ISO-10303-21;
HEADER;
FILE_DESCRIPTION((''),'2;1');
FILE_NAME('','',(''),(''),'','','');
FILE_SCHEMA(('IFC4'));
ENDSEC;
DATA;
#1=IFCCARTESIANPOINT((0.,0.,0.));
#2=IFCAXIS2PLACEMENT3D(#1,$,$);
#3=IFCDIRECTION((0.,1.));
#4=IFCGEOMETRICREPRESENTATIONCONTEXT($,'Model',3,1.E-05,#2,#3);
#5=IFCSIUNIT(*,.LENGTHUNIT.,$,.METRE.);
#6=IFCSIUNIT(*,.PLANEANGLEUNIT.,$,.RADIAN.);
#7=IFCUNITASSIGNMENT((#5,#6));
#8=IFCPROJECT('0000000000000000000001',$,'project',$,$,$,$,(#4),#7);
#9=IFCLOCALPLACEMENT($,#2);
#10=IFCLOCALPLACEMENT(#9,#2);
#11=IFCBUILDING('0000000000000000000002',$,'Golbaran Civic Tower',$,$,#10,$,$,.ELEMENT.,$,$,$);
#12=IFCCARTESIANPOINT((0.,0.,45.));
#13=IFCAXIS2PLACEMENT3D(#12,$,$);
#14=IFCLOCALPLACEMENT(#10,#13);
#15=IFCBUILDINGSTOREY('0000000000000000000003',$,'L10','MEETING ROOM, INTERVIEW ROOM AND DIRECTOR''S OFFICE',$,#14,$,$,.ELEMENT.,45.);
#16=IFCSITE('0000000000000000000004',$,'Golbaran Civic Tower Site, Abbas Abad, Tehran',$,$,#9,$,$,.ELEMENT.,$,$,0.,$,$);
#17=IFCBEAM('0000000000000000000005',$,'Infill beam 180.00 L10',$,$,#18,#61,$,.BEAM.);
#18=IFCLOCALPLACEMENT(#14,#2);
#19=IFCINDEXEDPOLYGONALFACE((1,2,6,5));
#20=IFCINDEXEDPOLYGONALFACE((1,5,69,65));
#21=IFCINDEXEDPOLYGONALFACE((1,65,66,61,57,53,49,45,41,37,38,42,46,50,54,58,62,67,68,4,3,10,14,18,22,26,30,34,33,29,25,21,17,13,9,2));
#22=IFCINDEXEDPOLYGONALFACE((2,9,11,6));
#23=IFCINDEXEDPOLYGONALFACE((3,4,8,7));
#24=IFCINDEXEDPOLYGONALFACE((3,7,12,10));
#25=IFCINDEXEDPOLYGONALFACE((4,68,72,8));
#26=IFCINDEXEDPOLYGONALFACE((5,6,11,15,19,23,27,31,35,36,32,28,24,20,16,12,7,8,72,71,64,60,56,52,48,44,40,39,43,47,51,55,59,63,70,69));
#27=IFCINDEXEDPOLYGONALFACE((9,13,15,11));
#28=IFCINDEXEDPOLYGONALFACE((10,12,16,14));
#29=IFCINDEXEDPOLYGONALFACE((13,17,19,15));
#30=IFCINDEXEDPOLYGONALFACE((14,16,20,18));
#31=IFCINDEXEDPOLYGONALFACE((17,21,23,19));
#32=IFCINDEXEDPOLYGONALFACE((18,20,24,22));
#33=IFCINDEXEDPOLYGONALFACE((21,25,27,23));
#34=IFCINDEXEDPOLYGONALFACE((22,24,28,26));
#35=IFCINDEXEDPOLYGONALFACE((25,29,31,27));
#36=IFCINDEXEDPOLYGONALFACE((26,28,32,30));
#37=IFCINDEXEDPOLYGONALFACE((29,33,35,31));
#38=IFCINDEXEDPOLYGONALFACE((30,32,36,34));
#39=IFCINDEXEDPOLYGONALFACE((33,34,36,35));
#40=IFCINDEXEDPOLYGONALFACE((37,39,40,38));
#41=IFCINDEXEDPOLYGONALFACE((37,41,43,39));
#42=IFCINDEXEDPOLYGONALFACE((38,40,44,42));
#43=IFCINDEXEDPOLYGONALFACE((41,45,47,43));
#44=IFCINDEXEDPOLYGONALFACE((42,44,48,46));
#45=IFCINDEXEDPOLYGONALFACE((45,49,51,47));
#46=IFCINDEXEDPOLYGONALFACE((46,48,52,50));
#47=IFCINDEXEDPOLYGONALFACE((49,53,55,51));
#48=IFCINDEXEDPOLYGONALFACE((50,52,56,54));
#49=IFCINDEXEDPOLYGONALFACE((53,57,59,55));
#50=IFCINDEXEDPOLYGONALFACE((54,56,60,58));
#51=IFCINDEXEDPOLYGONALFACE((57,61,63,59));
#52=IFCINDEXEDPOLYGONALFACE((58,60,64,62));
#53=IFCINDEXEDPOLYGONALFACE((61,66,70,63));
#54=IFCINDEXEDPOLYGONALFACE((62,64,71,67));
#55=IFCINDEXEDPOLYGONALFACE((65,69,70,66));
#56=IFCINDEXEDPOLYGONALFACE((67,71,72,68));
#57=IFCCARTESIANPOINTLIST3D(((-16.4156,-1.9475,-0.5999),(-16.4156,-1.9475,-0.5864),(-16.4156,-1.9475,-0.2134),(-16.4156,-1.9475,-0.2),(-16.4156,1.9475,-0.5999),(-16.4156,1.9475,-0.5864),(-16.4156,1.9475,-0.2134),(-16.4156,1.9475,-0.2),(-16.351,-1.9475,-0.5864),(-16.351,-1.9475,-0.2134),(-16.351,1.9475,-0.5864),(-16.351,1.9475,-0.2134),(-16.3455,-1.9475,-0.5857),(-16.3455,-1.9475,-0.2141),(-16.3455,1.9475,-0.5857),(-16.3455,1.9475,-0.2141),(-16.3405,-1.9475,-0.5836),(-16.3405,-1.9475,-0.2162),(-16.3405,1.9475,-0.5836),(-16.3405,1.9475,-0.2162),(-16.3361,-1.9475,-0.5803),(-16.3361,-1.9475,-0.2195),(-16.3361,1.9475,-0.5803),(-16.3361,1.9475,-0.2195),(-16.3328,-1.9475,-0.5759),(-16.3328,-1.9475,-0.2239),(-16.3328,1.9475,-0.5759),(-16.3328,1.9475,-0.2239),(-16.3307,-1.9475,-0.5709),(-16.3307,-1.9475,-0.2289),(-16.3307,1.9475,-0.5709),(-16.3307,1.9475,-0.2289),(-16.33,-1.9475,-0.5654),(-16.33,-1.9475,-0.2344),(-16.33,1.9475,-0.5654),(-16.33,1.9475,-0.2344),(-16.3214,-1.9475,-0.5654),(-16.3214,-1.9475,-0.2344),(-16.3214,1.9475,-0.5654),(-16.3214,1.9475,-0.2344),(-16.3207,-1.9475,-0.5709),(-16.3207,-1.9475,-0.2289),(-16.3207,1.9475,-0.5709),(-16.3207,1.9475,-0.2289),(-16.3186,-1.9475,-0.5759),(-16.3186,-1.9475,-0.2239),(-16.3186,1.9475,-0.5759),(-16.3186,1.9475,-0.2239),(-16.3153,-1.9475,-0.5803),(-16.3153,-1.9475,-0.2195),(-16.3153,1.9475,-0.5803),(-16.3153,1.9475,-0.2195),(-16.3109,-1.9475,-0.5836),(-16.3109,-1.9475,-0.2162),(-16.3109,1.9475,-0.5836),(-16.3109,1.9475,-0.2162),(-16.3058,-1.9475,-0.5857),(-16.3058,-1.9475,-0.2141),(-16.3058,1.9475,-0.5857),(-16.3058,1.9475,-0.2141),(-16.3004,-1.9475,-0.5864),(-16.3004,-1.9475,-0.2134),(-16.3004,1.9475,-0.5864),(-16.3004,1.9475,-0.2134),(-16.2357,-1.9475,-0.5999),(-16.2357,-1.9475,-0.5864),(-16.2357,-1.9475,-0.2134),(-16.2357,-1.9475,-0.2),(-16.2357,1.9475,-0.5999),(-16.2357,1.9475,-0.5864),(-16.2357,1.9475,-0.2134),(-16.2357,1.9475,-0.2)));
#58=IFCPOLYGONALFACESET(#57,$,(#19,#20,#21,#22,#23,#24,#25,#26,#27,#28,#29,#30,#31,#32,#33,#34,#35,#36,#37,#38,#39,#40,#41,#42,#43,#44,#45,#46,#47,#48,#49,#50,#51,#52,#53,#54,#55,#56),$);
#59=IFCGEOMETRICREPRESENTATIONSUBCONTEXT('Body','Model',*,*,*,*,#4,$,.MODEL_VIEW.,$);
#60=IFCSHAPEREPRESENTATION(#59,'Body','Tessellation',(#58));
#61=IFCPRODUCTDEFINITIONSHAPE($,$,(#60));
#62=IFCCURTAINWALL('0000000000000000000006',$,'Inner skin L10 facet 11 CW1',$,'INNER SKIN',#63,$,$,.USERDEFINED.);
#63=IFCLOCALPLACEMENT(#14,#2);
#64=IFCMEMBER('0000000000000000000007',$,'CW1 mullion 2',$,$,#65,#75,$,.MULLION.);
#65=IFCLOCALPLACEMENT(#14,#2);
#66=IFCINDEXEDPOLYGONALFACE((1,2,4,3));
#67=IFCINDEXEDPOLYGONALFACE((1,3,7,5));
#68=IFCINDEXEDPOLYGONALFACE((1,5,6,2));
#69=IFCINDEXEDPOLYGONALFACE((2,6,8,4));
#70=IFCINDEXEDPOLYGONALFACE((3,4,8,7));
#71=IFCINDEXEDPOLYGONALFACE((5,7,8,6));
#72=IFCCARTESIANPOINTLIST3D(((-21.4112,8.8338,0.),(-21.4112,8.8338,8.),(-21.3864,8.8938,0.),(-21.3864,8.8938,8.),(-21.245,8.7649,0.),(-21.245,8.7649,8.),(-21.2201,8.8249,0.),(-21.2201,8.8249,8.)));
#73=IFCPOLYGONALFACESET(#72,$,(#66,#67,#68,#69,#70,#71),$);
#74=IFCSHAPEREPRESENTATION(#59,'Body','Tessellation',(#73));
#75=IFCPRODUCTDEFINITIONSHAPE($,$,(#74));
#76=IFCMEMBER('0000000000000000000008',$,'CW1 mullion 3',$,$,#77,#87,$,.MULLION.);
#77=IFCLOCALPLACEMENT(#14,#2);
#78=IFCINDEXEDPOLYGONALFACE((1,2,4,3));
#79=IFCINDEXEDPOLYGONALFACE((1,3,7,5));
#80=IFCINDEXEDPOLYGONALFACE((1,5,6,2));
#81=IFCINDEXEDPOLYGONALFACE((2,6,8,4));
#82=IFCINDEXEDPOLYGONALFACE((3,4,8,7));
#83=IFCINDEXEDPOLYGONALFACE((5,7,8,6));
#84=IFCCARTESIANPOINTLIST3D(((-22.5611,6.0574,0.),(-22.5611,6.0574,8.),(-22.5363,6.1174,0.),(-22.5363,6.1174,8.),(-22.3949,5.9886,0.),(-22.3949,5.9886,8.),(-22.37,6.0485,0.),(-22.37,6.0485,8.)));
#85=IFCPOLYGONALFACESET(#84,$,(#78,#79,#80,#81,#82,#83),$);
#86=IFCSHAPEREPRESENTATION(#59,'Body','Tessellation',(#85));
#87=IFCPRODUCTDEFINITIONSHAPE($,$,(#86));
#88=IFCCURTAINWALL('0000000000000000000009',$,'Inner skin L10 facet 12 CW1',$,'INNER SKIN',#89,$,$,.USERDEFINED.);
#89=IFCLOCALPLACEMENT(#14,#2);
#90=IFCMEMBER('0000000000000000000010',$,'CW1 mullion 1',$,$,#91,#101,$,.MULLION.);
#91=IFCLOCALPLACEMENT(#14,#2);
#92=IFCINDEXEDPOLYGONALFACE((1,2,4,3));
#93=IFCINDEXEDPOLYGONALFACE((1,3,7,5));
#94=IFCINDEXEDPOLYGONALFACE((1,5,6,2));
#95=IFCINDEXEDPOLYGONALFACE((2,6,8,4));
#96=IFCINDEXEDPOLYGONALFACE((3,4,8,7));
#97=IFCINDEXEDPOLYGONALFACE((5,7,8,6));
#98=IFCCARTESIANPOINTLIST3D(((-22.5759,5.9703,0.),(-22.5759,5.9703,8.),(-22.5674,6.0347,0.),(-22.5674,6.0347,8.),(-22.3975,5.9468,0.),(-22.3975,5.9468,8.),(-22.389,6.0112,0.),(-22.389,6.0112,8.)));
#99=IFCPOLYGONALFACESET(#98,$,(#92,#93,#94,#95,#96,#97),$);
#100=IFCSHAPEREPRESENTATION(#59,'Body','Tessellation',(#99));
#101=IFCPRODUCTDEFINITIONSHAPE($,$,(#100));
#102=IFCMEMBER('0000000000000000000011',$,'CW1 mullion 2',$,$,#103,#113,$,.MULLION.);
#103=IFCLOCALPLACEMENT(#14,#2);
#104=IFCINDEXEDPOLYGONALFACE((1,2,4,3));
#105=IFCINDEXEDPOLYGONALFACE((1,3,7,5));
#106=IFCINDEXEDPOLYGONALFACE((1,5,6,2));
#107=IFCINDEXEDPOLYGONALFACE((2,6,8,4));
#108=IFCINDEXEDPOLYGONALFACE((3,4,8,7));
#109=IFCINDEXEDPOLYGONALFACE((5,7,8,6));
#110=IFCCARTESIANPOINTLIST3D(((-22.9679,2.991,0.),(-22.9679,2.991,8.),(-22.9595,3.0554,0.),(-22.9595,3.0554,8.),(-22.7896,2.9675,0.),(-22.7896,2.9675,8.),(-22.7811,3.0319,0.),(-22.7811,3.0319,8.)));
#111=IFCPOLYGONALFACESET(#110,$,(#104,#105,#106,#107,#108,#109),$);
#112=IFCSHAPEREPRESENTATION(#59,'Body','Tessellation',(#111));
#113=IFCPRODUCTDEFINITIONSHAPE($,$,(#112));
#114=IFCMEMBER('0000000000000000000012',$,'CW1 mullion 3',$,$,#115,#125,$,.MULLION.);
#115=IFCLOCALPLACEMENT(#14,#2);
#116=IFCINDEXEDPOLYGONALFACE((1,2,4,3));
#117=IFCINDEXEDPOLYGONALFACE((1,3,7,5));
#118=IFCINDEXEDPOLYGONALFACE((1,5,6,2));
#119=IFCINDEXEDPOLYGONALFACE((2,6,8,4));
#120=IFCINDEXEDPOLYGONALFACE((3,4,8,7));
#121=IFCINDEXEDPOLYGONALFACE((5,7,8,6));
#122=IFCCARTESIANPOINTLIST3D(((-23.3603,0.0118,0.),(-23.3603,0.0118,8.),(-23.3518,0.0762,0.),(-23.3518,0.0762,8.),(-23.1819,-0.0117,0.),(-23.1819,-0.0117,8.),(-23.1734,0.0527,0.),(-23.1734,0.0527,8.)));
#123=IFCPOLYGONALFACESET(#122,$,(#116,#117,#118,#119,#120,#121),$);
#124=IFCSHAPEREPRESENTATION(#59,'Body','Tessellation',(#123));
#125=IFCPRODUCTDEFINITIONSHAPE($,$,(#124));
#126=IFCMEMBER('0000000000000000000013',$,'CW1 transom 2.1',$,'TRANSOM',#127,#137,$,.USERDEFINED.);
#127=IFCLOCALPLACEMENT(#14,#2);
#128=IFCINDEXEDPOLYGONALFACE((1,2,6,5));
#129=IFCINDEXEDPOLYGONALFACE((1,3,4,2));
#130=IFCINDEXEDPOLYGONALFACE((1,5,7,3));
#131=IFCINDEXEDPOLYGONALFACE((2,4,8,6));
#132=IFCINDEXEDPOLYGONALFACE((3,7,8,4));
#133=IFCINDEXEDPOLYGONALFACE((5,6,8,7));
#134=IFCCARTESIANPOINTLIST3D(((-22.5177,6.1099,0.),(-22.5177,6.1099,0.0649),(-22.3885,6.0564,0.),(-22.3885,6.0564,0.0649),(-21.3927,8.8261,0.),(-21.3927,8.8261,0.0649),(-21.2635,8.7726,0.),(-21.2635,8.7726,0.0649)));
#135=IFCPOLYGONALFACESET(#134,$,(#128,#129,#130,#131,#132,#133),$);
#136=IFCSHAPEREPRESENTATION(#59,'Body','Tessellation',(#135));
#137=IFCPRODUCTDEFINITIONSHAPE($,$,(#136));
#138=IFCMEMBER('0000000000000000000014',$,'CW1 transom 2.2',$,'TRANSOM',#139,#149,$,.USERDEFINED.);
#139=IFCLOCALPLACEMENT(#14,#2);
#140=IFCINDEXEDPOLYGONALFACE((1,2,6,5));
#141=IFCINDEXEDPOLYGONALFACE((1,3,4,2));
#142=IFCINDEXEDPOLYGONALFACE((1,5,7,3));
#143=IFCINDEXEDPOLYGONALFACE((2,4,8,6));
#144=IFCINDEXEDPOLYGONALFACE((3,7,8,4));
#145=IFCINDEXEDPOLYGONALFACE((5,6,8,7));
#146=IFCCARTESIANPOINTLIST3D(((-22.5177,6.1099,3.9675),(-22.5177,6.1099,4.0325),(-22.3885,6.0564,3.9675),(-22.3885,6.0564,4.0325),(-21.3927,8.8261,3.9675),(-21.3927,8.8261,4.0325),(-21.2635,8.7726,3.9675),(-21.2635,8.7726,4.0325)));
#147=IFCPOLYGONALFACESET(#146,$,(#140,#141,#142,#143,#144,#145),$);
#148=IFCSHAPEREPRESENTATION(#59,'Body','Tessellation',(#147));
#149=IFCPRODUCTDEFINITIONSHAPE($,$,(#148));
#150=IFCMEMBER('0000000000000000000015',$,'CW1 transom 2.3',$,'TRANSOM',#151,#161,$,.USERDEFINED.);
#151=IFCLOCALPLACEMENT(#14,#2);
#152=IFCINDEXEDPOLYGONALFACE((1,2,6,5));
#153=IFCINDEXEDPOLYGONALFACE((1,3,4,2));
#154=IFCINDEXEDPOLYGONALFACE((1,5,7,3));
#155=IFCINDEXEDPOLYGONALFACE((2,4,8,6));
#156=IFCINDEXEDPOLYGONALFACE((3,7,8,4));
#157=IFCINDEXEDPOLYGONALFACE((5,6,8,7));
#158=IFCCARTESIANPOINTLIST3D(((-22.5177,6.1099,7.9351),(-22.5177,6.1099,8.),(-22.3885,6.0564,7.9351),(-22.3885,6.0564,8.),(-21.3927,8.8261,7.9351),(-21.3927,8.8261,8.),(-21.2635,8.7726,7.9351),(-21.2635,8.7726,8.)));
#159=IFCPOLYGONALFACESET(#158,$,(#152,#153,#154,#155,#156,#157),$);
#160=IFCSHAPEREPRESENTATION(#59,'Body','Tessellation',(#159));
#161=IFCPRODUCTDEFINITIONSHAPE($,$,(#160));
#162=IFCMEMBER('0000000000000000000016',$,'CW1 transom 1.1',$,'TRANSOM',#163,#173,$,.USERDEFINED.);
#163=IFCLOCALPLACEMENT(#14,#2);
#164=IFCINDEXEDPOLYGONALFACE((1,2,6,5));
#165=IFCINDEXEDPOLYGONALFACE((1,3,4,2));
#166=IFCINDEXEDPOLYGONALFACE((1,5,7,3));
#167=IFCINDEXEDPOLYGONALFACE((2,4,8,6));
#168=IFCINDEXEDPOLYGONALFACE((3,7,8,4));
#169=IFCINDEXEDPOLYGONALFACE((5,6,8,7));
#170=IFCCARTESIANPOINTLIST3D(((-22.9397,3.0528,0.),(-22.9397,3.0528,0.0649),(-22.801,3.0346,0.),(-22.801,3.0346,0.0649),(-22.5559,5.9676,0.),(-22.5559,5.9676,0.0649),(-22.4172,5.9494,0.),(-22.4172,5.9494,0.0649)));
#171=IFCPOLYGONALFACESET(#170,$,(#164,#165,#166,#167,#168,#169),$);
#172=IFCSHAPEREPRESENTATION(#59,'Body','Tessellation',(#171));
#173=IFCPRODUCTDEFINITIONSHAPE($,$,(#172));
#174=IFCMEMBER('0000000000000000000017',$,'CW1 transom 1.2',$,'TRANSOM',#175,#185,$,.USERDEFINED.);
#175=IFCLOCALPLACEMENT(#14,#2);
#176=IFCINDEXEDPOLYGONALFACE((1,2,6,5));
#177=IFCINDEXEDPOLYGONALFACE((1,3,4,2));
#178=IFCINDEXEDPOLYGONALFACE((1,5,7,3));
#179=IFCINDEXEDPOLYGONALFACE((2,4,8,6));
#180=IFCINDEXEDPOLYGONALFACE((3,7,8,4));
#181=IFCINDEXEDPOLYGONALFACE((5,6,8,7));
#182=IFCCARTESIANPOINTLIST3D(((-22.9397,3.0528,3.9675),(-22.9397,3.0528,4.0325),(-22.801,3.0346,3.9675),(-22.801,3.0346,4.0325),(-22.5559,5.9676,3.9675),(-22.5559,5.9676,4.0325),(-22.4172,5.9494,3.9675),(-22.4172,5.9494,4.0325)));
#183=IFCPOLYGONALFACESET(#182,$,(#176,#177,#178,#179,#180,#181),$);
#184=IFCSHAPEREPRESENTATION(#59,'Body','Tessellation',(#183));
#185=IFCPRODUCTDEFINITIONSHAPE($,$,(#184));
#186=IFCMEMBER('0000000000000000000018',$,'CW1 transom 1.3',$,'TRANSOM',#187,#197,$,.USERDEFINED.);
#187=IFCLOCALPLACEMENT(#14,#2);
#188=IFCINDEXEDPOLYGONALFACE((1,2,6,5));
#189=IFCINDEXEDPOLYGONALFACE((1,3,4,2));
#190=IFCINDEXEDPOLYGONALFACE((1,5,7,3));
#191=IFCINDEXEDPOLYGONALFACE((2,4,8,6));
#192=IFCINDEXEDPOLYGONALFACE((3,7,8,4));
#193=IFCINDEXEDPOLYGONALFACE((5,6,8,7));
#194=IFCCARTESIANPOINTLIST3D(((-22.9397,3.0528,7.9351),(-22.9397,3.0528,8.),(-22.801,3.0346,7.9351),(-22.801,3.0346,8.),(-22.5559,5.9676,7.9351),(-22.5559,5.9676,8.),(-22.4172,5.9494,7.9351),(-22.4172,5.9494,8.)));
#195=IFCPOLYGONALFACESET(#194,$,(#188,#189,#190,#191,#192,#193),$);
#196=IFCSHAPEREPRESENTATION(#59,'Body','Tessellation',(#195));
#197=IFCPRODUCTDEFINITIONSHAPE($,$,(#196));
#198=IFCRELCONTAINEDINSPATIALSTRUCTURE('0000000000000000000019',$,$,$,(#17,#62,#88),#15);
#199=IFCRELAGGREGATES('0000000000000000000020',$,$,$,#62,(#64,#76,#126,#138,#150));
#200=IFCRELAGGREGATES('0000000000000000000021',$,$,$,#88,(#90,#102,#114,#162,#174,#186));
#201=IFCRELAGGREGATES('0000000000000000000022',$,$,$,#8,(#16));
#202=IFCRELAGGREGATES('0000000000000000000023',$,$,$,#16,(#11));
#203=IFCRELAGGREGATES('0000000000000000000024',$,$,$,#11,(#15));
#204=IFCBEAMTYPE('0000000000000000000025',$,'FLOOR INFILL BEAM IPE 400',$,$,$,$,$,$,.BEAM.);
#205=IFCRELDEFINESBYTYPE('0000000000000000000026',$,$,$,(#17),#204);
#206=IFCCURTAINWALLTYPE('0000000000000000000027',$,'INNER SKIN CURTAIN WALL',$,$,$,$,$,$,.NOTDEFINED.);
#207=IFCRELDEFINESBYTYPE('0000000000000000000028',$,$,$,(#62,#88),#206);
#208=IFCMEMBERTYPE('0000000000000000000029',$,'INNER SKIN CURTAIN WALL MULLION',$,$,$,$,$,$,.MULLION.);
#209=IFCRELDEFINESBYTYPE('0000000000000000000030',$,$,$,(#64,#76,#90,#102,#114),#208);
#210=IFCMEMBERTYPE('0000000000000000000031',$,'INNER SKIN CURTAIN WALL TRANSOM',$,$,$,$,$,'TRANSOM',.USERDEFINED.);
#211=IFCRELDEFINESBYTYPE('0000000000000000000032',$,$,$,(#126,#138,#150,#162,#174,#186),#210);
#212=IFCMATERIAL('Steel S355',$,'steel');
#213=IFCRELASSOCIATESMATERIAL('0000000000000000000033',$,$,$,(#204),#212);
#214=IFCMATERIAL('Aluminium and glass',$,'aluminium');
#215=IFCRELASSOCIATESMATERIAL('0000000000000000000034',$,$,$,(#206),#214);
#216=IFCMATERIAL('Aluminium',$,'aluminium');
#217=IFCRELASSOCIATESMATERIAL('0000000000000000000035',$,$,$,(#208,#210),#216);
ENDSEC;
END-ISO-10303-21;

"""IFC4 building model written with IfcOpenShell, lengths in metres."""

from ifc_helpers import new_model, si_unit, direction, frame, origin, origin_2d, place, context, subcontext, project, spatial, rectangle, i_section, extrude, material, material_profile, profile_set, type_object, element, aggregate, save


model = new_model("IFC4")

# Units and contexts
model_context = context("Model", 3, precision=1e-05, world=origin(), true_north=direction((0.0, 1.0)))
body_context = subcontext(model_context, "Body", "Model", "MODEL_VIEW")
ifc_project = project(units=[si_unit("LENGTHUNIT", "METRE"), si_unit("PLANEANGLEUNIT", "RADIAN")], contexts=[model_context])

# Site, building, storey
site_placement = place(None, origin())
site = spatial("IfcSite", under=ifc_project, at=site_placement, Name="Golbaran Civic Tower Site, Abbas Abad, Tehran", CompositionType="ELEMENT", RefElevation=0.0)
building_placement = place(site_placement, origin())
building = spatial("IfcBuilding", under=site, at=building_placement, Name="Golbaran Civic Tower", CompositionType="ELEMENT")
storey_placement = place(building_placement, frame((0.0, 0.0, 45.0)))
storey = spatial("IfcBuildingStorey", under=building, at=storey_placement, Name="L10", Description="MEETING ROOM, INTERVIEW ROOM AND DIRECTOR'S OFFICE", CompositionType="ELEMENT", Elevation=45.0)

# Beam
ifc_material_1 = material(Name="Steel S355", Category="steel")
ifc_material_profile_1 = material_profile(ifc_material_1, i_section(OverallWidth=0.1799, OverallDepth=0.3999, WebThickness=0.0085, FlangeThickness=0.0134, FilletRadius=0.021, at=origin_2d()), Name="IPE 400")
ifc_profile_set_1 = profile_set([ifc_material_profile_1], Name="Steel S355")
beam_type_1 = type_object("IfcBeamType", Name="FLOOR INFILL BEAM IPE 400", PredefinedType="BEAM", material=ifc_profile_set_1)
beam_1_placement = place(storey_placement, frame((-16.3257, 1.9475, -0.3999), z_axis=(0.0, -1.0, 0.0), x_axis=(1.0, 0.0, 0.0)))
element("IfcBeam", 1, at=beam_1_placement, inside=storey, type_object=beam_type_1, Name="Infill beam 180.00 L10", PredefinedType="BEAM", context=body_context, shape_type="SweptSolid", body=[
    extrude(i_section(OverallWidth=0.1799, OverallDepth=0.3999, WebThickness=0.0085, FlangeThickness=0.0134, FilletRadius=0.021, at=origin_2d()), origin(), (0.0, 0.0, 1.0), 3.895),
])

# Curtain walls, members
ifc_material_2 = material(Name="Aluminium and glass", Category="aluminium")
curtain_wall_type = type_object("IfcCurtainWallType", Name="INNER SKIN CURTAIN WALL", PredefinedType="NOTDEFINED", material=ifc_material_2)
curtain_wall_1_placement = place(storey_placement, origin())
curtain_wall_1 = element("IfcCurtainWall", 2, at=curtain_wall_1_placement, inside=storey, type_object=curtain_wall_type, Name="Inner skin L10 facet 11 CW1", ObjectType="INNER SKIN", PredefinedType="USERDEFINED")
ifc_material_3 = material(Name="Aluminium", Category="aluminium")
ifc_material_profile_2 = material_profile(ifc_material_3, rectangle(XDim=0.1799, YDim=0.0649, at=origin_2d()), Name="INNER SKIN CURTAIN WALL MULLION")
ifc_profile_set_2 = profile_set([ifc_material_profile_2], Name="Aluminium")
member_type_1 = type_object("IfcMemberType", Name="INNER SKIN CURTAIN WALL MULLION", PredefinedType="MULLION", material=ifc_profile_set_2)
member_1_placement = place(storey_placement, frame((-21.3157, 8.8293, 0.0), z_axis=(0.0, 0.0, 1.0), x_axis=(0.92388, -0.382683, 0.0)))
member_1 = element("IfcMember", 3, at=member_1_placement, type_object=member_type_1, Name="CW1 mullion 2", PredefinedType="MULLION", context=body_context, shape_type="SweptSolid", body=[
    extrude(rectangle(XDim=0.1799, YDim=0.0649, at=origin_2d()), origin(), (0.0, 0.0, 1.0), 8.0),
])
member_2_placement = place(storey_placement, frame((-22.4656, 6.053, 0.0), z_axis=(0.0, 0.0, 1.0), x_axis=(0.92388, -0.382683, 0.0)))
member_2 = element("IfcMember", 4, at=member_2_placement, type_object=member_type_1, Name="CW1 mullion 3", PredefinedType="MULLION", context=body_context, shape_type="SweptSolid", body=[
    extrude(rectangle(XDim=0.1799, YDim=0.0649, at=origin_2d()), origin(), (0.0, 0.0, 1.0), 8.0),
])
curtain_wall_2_placement = place(storey_placement, origin())
curtain_wall_2 = element("IfcCurtainWall", 5, at=curtain_wall_2_placement, inside=storey, type_object=curtain_wall_type, Name="Inner skin L10 facet 12 CW1", ObjectType="INNER SKIN", PredefinedType="USERDEFINED")
member_3_placement = place(storey_placement, frame((-22.4824, 5.9907, 0.0), z_axis=(0.0, 0.0, 1.0), x_axis=(0.991445, -0.130526, 0.0)))
member_3 = element("IfcMember", 6, at=member_3_placement, type_object=member_type_1, Name="CW1 mullion 1", PredefinedType="MULLION", context=body_context, shape_type="SweptSolid", body=[
    extrude(rectangle(XDim=0.1799, YDim=0.0649, at=origin_2d()), origin(), (0.0, 0.0, 1.0), 8.0),
])
member_4_placement = place(storey_placement, frame((-22.8745, 3.0115, 0.0), z_axis=(0.0, 0.0, 1.0), x_axis=(0.991445, -0.130526, 0.0)))
member_4 = element("IfcMember", 7, at=member_4_placement, type_object=member_type_1, Name="CW1 mullion 2", PredefinedType="MULLION", context=body_context, shape_type="SweptSolid", body=[
    extrude(rectangle(XDim=0.1799, YDim=0.0649, at=origin_2d()), origin(), (0.0, 0.0, 1.0), 8.0),
])
member_5_placement = place(storey_placement, frame((-23.2668, 0.0322, 0.0), z_axis=(0.0, 0.0, 1.0), x_axis=(0.991445, -0.130526, 0.0)))
member_5 = element("IfcMember", 8, at=member_5_placement, type_object=member_type_1, Name="CW1 mullion 3", PredefinedType="MULLION", context=body_context, shape_type="SweptSolid", body=[
    extrude(rectangle(XDim=0.1799, YDim=0.0649, at=origin_2d()), origin(), (0.0, 0.0, 1.0), 8.0),
])

# Members
ifc_material_profile_3 = material_profile(ifc_material_3, rectangle(XDim=0.1399, YDim=0.0649, at=origin_2d()), Name="INNER SKIN CURTAIN WALL TRANSOM")
ifc_profile_set_3 = profile_set([ifc_material_profile_3], Name="Aluminium")
member_type_2 = type_object("IfcMemberType", Name="INNER SKIN CURTAIN WALL TRANSOM", ElementType="TRANSOM", PredefinedType="USERDEFINED", material=ifc_profile_set_3)
member_6_placement = place(storey_placement, frame((-21.3281, 8.7993, 0.0325), z_axis=(-0.382645, -0.923895, 0.0), x_axis=(0.923895, -0.382645, 0.0)))
member_6 = element("IfcMember", 9, at=member_6_placement, type_object=member_type_2, Name="CW1 transom 2.1", ObjectType="TRANSOM", PredefinedType="USERDEFINED", context=body_context, shape_type="SweptSolid", body=[
    extrude(rectangle(XDim=0.1399, YDim=0.0649, at=origin_2d()), origin(), (0.0, 0.0, 1.0), 2.9399),
])
member_7_placement = place(storey_placement, frame((-21.3281, 8.7993, 4.0), z_axis=(-0.382645, -0.923895, 0.0), x_axis=(0.923895, -0.382645, 0.0)))
member_7 = element("IfcMember", 10, at=member_7_placement, type_object=member_type_2, Name="CW1 transom 2.2", ObjectType="TRANSOM", PredefinedType="USERDEFINED", context=body_context, shape_type="SweptSolid", body=[
    extrude(rectangle(XDim=0.1399, YDim=0.0649, at=origin_2d()), origin(), (0.0, 0.0, 1.0), 2.9399),
])
member_8_placement = place(storey_placement, frame((-21.3281, 8.7993, 7.9675), z_axis=(-0.382645, -0.923895, 0.0), x_axis=(0.923895, -0.382645, 0.0)))
member_8 = element("IfcMember", 11, at=member_8_placement, type_object=member_type_2, Name="CW1 transom 2.3", ObjectType="TRANSOM", PredefinedType="USERDEFINED", context=body_context, shape_type="SweptSolid", body=[
    extrude(rectangle(XDim=0.1399, YDim=0.0649, at=origin_2d()), origin(), (0.0, 0.0, 1.0), 2.9399),
])
member_9_placement = place(storey_placement, frame((-22.4866, 5.9585, 0.0325), z_axis=(-0.130543, -0.991443, 0.0), x_axis=(0.991443, -0.130543, 0.0)))
member_9 = element("IfcMember", 12, at=member_9_placement, type_object=member_type_2, Name="CW1 transom 1.1", ObjectType="TRANSOM", PredefinedType="USERDEFINED", context=body_context, shape_type="SweptSolid", body=[
    extrude(rectangle(XDim=0.1399, YDim=0.0649, at=origin_2d()), origin(), (0.0, 0.0, 1.0), 2.9399),
])
member_10_placement = place(storey_placement, frame((-22.4866, 5.9585, 4.0), z_axis=(-0.130543, -0.991443, 0.0), x_axis=(0.991443, -0.130543, 0.0)))
member_10 = element("IfcMember", 13, at=member_10_placement, type_object=member_type_2, Name="CW1 transom 1.2", ObjectType="TRANSOM", PredefinedType="USERDEFINED", context=body_context, shape_type="SweptSolid", body=[
    extrude(rectangle(XDim=0.1399, YDim=0.0649, at=origin_2d()), origin(), (0.0, 0.0, 1.0), 2.9399),
])
member_11_placement = place(storey_placement, frame((-22.4866, 5.9585, 7.9675), z_axis=(-0.130543, -0.991443, 0.0), x_axis=(0.991443, -0.130543, 0.0)))
member_11 = element("IfcMember", 14, at=member_11_placement, type_object=member_type_2, Name="CW1 transom 1.3", ObjectType="TRANSOM", PredefinedType="USERDEFINED", context=body_context, shape_type="SweptSolid", body=[
    extrude(rectangle(XDim=0.1399, YDim=0.0649, at=origin_2d()), origin(), (0.0, 0.0, 1.0), 2.9399),
])

aggregate(curtain_wall_1, [member_1, member_2, member_6, member_7, member_8])
aggregate(curtain_wall_2, [member_3, member_4, member_5, member_9, member_10, member_11])

save(model, "model.ifc")
